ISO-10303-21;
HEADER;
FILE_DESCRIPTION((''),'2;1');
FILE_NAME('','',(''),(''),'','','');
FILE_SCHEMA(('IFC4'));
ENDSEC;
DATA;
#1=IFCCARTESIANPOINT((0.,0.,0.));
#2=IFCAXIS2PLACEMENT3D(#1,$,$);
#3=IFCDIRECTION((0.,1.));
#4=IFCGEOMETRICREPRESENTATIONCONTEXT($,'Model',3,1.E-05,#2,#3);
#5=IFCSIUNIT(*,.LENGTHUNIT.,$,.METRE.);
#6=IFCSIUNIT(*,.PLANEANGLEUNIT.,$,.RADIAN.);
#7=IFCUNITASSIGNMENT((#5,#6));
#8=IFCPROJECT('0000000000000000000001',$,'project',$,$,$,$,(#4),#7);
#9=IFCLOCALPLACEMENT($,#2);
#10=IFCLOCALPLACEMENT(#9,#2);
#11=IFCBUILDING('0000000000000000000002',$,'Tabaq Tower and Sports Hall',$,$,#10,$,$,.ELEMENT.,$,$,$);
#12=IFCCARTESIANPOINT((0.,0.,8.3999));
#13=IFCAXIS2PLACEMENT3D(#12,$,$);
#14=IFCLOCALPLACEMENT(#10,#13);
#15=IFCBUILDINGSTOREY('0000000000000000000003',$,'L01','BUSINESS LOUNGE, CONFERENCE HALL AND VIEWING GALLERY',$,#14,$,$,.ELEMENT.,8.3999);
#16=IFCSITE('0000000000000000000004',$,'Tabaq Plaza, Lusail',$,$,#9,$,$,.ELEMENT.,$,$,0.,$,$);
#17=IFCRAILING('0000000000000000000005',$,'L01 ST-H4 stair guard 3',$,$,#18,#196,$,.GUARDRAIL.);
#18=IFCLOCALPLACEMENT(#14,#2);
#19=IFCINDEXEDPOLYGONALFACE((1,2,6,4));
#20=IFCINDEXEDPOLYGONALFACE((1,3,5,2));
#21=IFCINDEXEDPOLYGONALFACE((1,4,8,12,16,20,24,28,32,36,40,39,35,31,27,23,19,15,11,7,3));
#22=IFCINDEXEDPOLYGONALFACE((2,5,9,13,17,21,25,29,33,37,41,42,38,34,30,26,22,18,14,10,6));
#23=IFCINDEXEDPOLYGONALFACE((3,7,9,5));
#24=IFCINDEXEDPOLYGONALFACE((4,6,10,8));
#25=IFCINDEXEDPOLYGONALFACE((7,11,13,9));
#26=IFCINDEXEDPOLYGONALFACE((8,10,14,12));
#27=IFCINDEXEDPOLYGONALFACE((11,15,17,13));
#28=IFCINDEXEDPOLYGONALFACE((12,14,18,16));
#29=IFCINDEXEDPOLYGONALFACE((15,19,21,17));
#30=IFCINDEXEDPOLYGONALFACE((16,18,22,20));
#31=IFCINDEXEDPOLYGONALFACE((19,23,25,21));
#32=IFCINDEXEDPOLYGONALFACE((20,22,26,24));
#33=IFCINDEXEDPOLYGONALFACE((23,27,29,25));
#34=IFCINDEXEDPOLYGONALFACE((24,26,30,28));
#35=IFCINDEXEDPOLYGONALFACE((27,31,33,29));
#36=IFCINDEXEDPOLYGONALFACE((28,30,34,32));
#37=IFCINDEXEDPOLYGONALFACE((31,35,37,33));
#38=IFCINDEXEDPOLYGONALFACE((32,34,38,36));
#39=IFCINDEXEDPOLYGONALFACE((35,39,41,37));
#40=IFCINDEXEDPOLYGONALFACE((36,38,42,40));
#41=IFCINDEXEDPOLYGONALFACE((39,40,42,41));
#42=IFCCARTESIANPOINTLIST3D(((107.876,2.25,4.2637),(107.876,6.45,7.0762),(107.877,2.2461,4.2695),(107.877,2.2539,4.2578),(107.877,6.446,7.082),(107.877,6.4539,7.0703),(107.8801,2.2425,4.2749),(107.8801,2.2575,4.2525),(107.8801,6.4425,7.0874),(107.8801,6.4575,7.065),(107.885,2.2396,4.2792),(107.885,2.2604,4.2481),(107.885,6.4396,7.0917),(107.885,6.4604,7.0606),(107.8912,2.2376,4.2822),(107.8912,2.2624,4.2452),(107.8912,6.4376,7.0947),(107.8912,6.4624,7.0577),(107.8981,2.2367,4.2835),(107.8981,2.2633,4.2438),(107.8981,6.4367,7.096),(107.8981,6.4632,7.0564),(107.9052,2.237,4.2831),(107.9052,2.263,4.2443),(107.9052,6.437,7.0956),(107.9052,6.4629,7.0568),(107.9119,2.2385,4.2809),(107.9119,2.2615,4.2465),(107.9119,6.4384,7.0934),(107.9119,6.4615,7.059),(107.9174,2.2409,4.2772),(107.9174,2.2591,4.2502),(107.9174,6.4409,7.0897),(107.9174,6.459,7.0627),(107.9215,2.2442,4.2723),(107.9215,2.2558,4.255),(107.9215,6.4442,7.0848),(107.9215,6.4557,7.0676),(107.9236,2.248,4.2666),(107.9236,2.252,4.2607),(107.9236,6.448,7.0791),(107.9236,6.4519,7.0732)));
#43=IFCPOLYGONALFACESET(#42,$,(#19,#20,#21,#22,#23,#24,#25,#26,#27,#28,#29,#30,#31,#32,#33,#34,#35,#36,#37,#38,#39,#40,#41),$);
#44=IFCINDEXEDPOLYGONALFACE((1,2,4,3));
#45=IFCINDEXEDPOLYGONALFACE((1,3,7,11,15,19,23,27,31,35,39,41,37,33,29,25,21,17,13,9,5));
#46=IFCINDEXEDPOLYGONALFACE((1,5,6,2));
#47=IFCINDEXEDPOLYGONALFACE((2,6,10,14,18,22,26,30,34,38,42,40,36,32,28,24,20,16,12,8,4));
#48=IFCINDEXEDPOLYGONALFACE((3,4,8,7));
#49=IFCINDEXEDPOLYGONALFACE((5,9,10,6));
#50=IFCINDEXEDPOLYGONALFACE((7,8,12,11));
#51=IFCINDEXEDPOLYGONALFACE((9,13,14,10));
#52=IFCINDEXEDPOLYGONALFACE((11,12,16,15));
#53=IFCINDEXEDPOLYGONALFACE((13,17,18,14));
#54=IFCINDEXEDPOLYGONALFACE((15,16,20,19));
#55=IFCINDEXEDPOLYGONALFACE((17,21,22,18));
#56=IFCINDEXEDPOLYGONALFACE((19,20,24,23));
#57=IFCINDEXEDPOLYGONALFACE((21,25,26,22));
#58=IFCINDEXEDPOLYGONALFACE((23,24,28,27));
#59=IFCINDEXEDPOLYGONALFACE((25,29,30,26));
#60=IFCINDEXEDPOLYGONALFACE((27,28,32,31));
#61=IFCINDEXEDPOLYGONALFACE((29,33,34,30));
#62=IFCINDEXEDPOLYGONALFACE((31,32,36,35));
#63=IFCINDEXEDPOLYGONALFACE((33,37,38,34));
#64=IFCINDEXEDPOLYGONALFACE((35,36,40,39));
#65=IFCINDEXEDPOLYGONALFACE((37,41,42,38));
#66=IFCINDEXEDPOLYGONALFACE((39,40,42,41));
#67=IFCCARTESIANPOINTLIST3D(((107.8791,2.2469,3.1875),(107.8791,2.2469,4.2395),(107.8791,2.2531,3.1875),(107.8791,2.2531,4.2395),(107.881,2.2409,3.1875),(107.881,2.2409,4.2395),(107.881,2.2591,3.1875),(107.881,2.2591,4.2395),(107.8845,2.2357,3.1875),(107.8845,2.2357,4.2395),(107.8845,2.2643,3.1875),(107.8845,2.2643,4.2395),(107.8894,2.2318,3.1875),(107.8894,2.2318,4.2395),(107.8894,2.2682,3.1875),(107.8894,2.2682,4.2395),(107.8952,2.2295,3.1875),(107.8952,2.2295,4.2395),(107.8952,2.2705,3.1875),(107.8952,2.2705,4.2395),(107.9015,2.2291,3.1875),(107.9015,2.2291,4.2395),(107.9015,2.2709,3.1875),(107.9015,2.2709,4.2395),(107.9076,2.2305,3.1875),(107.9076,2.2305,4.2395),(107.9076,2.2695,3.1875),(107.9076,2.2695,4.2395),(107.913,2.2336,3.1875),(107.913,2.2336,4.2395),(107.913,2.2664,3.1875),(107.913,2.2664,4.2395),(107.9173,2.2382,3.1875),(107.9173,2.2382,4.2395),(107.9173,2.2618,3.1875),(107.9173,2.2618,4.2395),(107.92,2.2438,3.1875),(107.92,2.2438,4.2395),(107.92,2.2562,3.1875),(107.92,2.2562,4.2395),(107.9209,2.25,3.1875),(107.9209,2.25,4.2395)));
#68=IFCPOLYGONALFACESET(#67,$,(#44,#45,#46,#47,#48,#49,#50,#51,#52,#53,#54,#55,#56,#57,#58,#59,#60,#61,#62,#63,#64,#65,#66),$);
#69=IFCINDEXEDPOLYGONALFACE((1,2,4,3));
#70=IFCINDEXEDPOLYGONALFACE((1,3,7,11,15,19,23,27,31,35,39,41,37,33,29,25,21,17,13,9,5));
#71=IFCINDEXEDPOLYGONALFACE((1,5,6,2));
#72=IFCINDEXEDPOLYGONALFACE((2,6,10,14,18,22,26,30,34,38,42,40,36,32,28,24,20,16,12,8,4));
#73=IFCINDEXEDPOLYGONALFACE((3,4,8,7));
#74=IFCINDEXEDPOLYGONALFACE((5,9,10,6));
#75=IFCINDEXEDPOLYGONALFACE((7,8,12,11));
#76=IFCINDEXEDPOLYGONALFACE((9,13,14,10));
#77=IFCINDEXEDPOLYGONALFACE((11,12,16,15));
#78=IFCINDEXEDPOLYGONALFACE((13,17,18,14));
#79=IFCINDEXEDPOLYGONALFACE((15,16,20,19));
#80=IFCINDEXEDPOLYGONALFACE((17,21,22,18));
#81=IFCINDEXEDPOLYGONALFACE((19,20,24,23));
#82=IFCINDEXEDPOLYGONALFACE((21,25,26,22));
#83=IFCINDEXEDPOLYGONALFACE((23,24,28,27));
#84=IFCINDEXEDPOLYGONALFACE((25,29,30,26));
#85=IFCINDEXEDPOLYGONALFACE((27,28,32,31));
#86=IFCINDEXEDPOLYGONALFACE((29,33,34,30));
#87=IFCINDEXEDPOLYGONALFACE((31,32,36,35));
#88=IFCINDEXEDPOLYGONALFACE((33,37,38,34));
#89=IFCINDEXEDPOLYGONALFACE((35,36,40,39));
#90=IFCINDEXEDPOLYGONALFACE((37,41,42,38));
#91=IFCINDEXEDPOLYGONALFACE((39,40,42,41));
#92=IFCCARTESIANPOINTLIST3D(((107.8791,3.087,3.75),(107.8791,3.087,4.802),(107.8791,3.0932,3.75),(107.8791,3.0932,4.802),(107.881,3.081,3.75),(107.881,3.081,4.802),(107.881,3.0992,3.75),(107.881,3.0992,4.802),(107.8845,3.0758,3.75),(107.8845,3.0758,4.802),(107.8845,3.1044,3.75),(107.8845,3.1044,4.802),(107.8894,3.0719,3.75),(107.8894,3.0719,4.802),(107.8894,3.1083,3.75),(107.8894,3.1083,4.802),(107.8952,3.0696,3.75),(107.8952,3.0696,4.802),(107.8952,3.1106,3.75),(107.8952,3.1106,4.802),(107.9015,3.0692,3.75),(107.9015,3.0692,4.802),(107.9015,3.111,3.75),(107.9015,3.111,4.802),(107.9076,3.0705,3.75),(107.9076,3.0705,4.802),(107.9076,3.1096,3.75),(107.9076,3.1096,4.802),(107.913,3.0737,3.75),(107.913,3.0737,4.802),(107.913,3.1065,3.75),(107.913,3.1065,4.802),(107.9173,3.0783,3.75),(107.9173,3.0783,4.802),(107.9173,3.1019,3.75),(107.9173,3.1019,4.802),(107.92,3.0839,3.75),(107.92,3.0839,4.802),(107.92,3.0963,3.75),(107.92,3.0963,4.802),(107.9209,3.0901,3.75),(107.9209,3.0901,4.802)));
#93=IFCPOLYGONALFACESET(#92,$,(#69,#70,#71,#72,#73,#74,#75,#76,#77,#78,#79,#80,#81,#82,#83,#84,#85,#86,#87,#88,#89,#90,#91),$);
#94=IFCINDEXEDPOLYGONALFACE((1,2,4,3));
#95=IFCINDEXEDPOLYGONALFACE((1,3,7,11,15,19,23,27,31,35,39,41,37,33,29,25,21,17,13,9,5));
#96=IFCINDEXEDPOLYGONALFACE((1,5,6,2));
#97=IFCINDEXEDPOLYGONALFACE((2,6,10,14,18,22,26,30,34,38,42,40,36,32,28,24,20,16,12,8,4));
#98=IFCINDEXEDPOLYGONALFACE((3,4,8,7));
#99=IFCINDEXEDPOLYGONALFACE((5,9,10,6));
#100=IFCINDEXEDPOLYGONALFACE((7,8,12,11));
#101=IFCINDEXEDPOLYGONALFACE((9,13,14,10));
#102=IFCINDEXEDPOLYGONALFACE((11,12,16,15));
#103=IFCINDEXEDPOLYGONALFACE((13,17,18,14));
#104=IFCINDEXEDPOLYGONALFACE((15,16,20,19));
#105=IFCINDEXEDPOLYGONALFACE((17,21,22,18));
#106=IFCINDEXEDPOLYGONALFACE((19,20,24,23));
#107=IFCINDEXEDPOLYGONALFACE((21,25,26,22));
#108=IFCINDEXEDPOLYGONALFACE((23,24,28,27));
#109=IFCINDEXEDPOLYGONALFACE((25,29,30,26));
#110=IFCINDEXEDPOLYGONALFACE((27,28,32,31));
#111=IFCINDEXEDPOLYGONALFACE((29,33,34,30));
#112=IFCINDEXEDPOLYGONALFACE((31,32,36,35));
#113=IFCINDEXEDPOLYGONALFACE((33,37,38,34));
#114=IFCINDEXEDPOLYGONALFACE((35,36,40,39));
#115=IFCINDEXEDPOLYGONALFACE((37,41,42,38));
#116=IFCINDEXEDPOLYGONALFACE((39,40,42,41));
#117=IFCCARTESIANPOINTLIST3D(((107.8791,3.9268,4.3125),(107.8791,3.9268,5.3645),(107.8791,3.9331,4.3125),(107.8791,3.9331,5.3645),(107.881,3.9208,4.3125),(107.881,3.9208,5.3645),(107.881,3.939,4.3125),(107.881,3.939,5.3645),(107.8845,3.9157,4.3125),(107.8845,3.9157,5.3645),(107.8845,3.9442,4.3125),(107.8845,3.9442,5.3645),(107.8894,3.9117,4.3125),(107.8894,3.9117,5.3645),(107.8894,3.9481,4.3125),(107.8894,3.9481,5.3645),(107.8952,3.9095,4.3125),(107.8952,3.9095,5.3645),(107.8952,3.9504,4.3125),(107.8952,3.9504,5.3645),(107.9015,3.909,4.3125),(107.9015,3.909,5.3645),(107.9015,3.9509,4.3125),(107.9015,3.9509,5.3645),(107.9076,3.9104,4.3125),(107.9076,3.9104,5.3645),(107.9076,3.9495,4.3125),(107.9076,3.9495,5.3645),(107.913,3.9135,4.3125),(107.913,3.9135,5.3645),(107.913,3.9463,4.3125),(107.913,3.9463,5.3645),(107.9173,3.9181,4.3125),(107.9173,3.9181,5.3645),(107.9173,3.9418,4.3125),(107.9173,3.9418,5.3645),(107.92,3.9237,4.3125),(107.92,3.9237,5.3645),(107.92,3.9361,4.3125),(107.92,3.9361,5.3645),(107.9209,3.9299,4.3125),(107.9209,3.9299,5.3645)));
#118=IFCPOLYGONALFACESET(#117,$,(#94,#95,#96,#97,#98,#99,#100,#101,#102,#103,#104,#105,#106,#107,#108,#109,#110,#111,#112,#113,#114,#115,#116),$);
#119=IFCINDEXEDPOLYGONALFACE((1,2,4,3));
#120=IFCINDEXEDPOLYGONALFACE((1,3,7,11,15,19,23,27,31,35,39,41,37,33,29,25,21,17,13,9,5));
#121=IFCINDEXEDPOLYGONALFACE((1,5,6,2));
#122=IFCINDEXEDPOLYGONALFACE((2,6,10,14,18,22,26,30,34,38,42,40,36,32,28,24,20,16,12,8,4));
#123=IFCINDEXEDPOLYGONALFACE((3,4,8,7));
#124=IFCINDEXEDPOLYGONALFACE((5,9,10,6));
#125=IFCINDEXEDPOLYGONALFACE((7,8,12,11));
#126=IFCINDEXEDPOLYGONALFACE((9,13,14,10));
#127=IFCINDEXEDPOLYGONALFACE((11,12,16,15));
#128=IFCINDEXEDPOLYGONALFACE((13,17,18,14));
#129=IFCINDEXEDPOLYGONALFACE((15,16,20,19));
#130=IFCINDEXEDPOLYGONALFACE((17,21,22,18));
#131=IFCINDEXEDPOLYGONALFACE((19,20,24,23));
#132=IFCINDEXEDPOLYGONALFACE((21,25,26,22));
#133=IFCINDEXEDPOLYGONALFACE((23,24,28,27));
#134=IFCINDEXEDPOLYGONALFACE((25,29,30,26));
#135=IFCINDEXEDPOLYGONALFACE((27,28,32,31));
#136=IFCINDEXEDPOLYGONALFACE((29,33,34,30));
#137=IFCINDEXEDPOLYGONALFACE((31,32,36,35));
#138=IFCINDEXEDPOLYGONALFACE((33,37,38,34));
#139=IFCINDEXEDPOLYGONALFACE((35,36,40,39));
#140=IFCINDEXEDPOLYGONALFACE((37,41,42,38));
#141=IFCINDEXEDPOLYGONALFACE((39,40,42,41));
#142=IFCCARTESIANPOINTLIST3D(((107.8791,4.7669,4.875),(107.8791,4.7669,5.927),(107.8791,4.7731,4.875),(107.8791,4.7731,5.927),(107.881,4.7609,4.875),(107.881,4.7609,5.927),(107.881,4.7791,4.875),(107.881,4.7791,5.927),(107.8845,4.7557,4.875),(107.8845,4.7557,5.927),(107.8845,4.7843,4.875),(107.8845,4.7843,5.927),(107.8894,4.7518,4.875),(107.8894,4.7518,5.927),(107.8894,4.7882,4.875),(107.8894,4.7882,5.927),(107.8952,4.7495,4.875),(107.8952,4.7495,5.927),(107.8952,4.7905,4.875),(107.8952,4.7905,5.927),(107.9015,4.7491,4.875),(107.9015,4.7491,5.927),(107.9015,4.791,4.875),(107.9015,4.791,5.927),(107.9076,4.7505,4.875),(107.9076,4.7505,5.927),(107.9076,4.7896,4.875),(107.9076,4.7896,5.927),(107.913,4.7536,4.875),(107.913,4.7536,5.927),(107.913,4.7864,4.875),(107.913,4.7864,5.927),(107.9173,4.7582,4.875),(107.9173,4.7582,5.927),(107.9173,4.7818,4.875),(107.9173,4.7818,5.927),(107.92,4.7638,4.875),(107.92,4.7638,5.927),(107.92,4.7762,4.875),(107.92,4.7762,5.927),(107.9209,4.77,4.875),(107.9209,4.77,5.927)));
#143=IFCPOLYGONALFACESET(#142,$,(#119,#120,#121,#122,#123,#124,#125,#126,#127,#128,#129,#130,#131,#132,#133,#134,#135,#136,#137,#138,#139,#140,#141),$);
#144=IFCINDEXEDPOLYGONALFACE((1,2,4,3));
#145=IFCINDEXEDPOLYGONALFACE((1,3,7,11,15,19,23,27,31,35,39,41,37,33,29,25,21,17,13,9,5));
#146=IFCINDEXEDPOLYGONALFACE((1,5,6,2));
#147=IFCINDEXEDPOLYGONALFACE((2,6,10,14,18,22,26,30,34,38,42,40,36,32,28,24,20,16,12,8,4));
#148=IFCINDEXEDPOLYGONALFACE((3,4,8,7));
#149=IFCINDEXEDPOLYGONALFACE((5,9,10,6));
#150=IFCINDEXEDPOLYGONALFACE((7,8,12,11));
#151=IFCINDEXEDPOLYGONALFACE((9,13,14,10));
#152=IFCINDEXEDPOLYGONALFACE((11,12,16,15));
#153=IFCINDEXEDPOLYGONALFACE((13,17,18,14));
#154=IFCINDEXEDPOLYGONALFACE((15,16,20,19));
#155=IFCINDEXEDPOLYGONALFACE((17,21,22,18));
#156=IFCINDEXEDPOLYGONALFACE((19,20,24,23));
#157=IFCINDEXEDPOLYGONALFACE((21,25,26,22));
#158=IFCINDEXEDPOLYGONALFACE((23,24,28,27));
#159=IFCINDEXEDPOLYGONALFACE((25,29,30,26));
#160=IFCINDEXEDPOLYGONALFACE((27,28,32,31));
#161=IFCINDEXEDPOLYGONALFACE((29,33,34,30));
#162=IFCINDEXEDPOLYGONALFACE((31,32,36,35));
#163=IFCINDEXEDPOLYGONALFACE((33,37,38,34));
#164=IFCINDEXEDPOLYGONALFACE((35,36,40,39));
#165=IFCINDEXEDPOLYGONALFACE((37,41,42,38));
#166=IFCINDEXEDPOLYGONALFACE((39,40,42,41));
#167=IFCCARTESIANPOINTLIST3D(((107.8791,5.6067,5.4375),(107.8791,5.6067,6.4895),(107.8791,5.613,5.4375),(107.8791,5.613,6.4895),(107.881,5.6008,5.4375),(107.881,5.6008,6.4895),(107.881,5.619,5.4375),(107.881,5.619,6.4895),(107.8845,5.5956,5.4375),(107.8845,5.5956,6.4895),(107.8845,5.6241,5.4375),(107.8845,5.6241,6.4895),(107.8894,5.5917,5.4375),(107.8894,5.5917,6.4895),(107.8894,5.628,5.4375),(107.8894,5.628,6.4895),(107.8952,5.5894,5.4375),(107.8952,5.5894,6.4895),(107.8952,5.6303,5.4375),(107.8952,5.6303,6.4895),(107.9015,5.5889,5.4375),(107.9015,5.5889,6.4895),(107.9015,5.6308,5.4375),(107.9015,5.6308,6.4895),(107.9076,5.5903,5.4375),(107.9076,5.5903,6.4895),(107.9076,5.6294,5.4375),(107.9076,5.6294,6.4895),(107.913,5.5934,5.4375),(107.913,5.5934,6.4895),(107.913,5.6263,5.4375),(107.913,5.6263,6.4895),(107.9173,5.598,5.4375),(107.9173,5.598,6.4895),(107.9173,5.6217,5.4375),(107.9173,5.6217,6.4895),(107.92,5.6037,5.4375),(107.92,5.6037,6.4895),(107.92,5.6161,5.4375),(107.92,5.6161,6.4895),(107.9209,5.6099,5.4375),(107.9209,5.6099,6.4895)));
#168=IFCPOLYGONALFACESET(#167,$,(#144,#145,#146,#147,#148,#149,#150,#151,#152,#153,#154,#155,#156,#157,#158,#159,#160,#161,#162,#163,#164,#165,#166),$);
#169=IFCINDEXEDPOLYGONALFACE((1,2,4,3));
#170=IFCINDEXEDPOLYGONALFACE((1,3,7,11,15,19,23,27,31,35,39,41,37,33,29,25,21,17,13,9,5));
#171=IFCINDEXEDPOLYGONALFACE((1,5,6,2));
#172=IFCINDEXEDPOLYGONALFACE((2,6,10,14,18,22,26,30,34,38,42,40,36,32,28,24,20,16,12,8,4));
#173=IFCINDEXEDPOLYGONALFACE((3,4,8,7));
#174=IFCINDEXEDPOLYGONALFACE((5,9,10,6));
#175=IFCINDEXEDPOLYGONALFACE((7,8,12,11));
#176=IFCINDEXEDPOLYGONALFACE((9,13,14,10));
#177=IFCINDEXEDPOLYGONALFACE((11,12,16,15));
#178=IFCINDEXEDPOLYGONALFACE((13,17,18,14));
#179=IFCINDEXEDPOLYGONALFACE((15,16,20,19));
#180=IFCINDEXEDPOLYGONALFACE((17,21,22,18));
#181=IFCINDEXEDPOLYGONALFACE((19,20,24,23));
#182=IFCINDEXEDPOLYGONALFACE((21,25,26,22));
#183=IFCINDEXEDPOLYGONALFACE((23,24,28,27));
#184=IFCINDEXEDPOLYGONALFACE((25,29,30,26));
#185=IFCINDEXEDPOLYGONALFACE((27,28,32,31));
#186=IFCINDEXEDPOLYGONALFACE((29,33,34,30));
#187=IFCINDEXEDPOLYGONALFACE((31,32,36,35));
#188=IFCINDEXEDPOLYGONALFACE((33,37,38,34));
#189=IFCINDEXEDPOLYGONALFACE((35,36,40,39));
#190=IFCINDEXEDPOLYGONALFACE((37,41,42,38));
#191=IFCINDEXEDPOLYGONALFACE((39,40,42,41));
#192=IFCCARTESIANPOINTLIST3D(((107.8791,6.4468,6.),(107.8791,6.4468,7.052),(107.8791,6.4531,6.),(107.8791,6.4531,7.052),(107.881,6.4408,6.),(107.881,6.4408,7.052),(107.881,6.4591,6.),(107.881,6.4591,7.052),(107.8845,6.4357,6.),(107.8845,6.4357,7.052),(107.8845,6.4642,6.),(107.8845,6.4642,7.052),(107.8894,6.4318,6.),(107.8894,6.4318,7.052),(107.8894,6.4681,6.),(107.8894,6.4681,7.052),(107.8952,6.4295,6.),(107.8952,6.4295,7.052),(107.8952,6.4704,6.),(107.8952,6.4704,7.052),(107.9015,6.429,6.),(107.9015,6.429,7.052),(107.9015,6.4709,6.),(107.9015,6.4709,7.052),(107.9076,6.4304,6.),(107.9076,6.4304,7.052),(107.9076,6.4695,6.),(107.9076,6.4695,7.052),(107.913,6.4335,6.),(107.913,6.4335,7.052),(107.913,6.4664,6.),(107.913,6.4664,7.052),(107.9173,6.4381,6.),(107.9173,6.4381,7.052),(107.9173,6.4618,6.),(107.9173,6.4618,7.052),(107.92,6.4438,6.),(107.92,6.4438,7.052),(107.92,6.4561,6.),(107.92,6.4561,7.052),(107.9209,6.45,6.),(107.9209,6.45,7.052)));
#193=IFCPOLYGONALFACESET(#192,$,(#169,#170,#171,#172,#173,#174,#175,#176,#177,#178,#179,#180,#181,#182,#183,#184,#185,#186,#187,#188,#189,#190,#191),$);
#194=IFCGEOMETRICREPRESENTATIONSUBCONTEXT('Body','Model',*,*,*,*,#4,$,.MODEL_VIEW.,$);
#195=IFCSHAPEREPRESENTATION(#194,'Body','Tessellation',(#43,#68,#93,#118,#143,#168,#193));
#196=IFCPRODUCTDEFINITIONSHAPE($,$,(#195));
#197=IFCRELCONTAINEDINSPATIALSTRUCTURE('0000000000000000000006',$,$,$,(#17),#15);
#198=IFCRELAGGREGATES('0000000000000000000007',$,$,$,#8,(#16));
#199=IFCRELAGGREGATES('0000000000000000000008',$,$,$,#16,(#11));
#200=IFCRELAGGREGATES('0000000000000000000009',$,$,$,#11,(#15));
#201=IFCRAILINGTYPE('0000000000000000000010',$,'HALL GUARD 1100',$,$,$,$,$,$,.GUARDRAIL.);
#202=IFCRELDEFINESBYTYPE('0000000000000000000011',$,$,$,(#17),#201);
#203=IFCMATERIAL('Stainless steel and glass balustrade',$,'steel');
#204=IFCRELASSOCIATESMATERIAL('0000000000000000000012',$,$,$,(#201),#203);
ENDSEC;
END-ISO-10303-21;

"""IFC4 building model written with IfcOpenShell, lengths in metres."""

from ifc_helpers import new_model, si_unit, direction, frame, origin, origin_2d, place, context, subcontext, project, spatial, circle, extrude, material, type_object, element, save


model = new_model("IFC4")

# Units and contexts
model_context = context("Model", 3, precision=1e-05, world=origin(), true_north=direction((0.0, 1.0)))
body_context = subcontext(model_context, "Body", "Model", "MODEL_VIEW")
ifc_project = project(units=[si_unit("LENGTHUNIT", "METRE"), si_unit("PLANEANGLEUNIT", "RADIAN")], contexts=[model_context])

# Site, building, storey
site_placement = place(None, origin())
site = spatial("IfcSite", under=ifc_project, at=site_placement, Name="Tabaq Plaza, Lusail", CompositionType="ELEMENT", RefElevation=0.0)
building_placement = place(site_placement, origin())
building = spatial("IfcBuilding", under=site, at=building_placement, Name="Tabaq Tower and Sports Hall", CompositionType="ELEMENT")
storey_placement = place(building_placement, frame((0.0, 0.0, 8.3999)))
storey = spatial("IfcBuildingStorey", under=building, at=storey_placement, Name="L01", Description="BUSINESS LOUNGE, CONFERENCE HALL AND VIEWING GALLERY", CompositionType="ELEMENT", Elevation=8.3999)

# Railing
ifc_material_1 = material(Name="Stainless steel and glass balustrade", Category="steel")
railing_type_1 = type_object("IfcRailingType", Name="HALL GUARD 1100", PredefinedType="GUARDRAIL", material=ifc_material_1)
railing_1_placement = place(storey_placement, frame((107.8999, 2.25, 3.1875)))
element("IfcRailing", 1, at=railing_1_placement, inside=storey, type_object=railing_type_1, Name="L01 ST-H4 stair guard 3", PredefinedType="GUARDRAIL", context=body_context, shape_type="SweptSolid", body=[
    extrude(circle(Radius=0.0239, at=origin_2d()), frame((0.0, 0.0, 1.0762), z_axis=(0.0, 0.830904, 0.556416), x_axis=(-1.0, 0.0, 0.0)), (0.0, 0.0, 1.0), 5.0547),
    extrude(circle(Radius=0.021, at=origin_2d()), origin(), (0.0, 0.0, 1.0), 1.052),
    extrude(circle(Radius=0.021, at=origin_2d()), frame((0.0, 0.8401, 0.5625)), (0.0, 0.0, 1.0), 1.052),
    extrude(circle(Radius=0.021, at=origin_2d()), frame((0.0, 1.6799, 1.125)), (0.0, 0.0, 1.0), 1.052),
    extrude(circle(Radius=0.021, at=origin_2d()), frame((0.0, 2.52, 1.6875)), (0.0, 0.0, 1.0), 1.052),
    extrude(circle(Radius=0.021, at=origin_2d()), frame((0.0, 3.3599, 2.25)), (0.0, 0.0, 1.0), 1.052),
    extrude(circle(Radius=0.021, at=origin_2d()), frame((0.0, 4.2, 2.8125)), (0.0, 0.0, 1.0), 1.052),
])

save(model, "model.ifc")
